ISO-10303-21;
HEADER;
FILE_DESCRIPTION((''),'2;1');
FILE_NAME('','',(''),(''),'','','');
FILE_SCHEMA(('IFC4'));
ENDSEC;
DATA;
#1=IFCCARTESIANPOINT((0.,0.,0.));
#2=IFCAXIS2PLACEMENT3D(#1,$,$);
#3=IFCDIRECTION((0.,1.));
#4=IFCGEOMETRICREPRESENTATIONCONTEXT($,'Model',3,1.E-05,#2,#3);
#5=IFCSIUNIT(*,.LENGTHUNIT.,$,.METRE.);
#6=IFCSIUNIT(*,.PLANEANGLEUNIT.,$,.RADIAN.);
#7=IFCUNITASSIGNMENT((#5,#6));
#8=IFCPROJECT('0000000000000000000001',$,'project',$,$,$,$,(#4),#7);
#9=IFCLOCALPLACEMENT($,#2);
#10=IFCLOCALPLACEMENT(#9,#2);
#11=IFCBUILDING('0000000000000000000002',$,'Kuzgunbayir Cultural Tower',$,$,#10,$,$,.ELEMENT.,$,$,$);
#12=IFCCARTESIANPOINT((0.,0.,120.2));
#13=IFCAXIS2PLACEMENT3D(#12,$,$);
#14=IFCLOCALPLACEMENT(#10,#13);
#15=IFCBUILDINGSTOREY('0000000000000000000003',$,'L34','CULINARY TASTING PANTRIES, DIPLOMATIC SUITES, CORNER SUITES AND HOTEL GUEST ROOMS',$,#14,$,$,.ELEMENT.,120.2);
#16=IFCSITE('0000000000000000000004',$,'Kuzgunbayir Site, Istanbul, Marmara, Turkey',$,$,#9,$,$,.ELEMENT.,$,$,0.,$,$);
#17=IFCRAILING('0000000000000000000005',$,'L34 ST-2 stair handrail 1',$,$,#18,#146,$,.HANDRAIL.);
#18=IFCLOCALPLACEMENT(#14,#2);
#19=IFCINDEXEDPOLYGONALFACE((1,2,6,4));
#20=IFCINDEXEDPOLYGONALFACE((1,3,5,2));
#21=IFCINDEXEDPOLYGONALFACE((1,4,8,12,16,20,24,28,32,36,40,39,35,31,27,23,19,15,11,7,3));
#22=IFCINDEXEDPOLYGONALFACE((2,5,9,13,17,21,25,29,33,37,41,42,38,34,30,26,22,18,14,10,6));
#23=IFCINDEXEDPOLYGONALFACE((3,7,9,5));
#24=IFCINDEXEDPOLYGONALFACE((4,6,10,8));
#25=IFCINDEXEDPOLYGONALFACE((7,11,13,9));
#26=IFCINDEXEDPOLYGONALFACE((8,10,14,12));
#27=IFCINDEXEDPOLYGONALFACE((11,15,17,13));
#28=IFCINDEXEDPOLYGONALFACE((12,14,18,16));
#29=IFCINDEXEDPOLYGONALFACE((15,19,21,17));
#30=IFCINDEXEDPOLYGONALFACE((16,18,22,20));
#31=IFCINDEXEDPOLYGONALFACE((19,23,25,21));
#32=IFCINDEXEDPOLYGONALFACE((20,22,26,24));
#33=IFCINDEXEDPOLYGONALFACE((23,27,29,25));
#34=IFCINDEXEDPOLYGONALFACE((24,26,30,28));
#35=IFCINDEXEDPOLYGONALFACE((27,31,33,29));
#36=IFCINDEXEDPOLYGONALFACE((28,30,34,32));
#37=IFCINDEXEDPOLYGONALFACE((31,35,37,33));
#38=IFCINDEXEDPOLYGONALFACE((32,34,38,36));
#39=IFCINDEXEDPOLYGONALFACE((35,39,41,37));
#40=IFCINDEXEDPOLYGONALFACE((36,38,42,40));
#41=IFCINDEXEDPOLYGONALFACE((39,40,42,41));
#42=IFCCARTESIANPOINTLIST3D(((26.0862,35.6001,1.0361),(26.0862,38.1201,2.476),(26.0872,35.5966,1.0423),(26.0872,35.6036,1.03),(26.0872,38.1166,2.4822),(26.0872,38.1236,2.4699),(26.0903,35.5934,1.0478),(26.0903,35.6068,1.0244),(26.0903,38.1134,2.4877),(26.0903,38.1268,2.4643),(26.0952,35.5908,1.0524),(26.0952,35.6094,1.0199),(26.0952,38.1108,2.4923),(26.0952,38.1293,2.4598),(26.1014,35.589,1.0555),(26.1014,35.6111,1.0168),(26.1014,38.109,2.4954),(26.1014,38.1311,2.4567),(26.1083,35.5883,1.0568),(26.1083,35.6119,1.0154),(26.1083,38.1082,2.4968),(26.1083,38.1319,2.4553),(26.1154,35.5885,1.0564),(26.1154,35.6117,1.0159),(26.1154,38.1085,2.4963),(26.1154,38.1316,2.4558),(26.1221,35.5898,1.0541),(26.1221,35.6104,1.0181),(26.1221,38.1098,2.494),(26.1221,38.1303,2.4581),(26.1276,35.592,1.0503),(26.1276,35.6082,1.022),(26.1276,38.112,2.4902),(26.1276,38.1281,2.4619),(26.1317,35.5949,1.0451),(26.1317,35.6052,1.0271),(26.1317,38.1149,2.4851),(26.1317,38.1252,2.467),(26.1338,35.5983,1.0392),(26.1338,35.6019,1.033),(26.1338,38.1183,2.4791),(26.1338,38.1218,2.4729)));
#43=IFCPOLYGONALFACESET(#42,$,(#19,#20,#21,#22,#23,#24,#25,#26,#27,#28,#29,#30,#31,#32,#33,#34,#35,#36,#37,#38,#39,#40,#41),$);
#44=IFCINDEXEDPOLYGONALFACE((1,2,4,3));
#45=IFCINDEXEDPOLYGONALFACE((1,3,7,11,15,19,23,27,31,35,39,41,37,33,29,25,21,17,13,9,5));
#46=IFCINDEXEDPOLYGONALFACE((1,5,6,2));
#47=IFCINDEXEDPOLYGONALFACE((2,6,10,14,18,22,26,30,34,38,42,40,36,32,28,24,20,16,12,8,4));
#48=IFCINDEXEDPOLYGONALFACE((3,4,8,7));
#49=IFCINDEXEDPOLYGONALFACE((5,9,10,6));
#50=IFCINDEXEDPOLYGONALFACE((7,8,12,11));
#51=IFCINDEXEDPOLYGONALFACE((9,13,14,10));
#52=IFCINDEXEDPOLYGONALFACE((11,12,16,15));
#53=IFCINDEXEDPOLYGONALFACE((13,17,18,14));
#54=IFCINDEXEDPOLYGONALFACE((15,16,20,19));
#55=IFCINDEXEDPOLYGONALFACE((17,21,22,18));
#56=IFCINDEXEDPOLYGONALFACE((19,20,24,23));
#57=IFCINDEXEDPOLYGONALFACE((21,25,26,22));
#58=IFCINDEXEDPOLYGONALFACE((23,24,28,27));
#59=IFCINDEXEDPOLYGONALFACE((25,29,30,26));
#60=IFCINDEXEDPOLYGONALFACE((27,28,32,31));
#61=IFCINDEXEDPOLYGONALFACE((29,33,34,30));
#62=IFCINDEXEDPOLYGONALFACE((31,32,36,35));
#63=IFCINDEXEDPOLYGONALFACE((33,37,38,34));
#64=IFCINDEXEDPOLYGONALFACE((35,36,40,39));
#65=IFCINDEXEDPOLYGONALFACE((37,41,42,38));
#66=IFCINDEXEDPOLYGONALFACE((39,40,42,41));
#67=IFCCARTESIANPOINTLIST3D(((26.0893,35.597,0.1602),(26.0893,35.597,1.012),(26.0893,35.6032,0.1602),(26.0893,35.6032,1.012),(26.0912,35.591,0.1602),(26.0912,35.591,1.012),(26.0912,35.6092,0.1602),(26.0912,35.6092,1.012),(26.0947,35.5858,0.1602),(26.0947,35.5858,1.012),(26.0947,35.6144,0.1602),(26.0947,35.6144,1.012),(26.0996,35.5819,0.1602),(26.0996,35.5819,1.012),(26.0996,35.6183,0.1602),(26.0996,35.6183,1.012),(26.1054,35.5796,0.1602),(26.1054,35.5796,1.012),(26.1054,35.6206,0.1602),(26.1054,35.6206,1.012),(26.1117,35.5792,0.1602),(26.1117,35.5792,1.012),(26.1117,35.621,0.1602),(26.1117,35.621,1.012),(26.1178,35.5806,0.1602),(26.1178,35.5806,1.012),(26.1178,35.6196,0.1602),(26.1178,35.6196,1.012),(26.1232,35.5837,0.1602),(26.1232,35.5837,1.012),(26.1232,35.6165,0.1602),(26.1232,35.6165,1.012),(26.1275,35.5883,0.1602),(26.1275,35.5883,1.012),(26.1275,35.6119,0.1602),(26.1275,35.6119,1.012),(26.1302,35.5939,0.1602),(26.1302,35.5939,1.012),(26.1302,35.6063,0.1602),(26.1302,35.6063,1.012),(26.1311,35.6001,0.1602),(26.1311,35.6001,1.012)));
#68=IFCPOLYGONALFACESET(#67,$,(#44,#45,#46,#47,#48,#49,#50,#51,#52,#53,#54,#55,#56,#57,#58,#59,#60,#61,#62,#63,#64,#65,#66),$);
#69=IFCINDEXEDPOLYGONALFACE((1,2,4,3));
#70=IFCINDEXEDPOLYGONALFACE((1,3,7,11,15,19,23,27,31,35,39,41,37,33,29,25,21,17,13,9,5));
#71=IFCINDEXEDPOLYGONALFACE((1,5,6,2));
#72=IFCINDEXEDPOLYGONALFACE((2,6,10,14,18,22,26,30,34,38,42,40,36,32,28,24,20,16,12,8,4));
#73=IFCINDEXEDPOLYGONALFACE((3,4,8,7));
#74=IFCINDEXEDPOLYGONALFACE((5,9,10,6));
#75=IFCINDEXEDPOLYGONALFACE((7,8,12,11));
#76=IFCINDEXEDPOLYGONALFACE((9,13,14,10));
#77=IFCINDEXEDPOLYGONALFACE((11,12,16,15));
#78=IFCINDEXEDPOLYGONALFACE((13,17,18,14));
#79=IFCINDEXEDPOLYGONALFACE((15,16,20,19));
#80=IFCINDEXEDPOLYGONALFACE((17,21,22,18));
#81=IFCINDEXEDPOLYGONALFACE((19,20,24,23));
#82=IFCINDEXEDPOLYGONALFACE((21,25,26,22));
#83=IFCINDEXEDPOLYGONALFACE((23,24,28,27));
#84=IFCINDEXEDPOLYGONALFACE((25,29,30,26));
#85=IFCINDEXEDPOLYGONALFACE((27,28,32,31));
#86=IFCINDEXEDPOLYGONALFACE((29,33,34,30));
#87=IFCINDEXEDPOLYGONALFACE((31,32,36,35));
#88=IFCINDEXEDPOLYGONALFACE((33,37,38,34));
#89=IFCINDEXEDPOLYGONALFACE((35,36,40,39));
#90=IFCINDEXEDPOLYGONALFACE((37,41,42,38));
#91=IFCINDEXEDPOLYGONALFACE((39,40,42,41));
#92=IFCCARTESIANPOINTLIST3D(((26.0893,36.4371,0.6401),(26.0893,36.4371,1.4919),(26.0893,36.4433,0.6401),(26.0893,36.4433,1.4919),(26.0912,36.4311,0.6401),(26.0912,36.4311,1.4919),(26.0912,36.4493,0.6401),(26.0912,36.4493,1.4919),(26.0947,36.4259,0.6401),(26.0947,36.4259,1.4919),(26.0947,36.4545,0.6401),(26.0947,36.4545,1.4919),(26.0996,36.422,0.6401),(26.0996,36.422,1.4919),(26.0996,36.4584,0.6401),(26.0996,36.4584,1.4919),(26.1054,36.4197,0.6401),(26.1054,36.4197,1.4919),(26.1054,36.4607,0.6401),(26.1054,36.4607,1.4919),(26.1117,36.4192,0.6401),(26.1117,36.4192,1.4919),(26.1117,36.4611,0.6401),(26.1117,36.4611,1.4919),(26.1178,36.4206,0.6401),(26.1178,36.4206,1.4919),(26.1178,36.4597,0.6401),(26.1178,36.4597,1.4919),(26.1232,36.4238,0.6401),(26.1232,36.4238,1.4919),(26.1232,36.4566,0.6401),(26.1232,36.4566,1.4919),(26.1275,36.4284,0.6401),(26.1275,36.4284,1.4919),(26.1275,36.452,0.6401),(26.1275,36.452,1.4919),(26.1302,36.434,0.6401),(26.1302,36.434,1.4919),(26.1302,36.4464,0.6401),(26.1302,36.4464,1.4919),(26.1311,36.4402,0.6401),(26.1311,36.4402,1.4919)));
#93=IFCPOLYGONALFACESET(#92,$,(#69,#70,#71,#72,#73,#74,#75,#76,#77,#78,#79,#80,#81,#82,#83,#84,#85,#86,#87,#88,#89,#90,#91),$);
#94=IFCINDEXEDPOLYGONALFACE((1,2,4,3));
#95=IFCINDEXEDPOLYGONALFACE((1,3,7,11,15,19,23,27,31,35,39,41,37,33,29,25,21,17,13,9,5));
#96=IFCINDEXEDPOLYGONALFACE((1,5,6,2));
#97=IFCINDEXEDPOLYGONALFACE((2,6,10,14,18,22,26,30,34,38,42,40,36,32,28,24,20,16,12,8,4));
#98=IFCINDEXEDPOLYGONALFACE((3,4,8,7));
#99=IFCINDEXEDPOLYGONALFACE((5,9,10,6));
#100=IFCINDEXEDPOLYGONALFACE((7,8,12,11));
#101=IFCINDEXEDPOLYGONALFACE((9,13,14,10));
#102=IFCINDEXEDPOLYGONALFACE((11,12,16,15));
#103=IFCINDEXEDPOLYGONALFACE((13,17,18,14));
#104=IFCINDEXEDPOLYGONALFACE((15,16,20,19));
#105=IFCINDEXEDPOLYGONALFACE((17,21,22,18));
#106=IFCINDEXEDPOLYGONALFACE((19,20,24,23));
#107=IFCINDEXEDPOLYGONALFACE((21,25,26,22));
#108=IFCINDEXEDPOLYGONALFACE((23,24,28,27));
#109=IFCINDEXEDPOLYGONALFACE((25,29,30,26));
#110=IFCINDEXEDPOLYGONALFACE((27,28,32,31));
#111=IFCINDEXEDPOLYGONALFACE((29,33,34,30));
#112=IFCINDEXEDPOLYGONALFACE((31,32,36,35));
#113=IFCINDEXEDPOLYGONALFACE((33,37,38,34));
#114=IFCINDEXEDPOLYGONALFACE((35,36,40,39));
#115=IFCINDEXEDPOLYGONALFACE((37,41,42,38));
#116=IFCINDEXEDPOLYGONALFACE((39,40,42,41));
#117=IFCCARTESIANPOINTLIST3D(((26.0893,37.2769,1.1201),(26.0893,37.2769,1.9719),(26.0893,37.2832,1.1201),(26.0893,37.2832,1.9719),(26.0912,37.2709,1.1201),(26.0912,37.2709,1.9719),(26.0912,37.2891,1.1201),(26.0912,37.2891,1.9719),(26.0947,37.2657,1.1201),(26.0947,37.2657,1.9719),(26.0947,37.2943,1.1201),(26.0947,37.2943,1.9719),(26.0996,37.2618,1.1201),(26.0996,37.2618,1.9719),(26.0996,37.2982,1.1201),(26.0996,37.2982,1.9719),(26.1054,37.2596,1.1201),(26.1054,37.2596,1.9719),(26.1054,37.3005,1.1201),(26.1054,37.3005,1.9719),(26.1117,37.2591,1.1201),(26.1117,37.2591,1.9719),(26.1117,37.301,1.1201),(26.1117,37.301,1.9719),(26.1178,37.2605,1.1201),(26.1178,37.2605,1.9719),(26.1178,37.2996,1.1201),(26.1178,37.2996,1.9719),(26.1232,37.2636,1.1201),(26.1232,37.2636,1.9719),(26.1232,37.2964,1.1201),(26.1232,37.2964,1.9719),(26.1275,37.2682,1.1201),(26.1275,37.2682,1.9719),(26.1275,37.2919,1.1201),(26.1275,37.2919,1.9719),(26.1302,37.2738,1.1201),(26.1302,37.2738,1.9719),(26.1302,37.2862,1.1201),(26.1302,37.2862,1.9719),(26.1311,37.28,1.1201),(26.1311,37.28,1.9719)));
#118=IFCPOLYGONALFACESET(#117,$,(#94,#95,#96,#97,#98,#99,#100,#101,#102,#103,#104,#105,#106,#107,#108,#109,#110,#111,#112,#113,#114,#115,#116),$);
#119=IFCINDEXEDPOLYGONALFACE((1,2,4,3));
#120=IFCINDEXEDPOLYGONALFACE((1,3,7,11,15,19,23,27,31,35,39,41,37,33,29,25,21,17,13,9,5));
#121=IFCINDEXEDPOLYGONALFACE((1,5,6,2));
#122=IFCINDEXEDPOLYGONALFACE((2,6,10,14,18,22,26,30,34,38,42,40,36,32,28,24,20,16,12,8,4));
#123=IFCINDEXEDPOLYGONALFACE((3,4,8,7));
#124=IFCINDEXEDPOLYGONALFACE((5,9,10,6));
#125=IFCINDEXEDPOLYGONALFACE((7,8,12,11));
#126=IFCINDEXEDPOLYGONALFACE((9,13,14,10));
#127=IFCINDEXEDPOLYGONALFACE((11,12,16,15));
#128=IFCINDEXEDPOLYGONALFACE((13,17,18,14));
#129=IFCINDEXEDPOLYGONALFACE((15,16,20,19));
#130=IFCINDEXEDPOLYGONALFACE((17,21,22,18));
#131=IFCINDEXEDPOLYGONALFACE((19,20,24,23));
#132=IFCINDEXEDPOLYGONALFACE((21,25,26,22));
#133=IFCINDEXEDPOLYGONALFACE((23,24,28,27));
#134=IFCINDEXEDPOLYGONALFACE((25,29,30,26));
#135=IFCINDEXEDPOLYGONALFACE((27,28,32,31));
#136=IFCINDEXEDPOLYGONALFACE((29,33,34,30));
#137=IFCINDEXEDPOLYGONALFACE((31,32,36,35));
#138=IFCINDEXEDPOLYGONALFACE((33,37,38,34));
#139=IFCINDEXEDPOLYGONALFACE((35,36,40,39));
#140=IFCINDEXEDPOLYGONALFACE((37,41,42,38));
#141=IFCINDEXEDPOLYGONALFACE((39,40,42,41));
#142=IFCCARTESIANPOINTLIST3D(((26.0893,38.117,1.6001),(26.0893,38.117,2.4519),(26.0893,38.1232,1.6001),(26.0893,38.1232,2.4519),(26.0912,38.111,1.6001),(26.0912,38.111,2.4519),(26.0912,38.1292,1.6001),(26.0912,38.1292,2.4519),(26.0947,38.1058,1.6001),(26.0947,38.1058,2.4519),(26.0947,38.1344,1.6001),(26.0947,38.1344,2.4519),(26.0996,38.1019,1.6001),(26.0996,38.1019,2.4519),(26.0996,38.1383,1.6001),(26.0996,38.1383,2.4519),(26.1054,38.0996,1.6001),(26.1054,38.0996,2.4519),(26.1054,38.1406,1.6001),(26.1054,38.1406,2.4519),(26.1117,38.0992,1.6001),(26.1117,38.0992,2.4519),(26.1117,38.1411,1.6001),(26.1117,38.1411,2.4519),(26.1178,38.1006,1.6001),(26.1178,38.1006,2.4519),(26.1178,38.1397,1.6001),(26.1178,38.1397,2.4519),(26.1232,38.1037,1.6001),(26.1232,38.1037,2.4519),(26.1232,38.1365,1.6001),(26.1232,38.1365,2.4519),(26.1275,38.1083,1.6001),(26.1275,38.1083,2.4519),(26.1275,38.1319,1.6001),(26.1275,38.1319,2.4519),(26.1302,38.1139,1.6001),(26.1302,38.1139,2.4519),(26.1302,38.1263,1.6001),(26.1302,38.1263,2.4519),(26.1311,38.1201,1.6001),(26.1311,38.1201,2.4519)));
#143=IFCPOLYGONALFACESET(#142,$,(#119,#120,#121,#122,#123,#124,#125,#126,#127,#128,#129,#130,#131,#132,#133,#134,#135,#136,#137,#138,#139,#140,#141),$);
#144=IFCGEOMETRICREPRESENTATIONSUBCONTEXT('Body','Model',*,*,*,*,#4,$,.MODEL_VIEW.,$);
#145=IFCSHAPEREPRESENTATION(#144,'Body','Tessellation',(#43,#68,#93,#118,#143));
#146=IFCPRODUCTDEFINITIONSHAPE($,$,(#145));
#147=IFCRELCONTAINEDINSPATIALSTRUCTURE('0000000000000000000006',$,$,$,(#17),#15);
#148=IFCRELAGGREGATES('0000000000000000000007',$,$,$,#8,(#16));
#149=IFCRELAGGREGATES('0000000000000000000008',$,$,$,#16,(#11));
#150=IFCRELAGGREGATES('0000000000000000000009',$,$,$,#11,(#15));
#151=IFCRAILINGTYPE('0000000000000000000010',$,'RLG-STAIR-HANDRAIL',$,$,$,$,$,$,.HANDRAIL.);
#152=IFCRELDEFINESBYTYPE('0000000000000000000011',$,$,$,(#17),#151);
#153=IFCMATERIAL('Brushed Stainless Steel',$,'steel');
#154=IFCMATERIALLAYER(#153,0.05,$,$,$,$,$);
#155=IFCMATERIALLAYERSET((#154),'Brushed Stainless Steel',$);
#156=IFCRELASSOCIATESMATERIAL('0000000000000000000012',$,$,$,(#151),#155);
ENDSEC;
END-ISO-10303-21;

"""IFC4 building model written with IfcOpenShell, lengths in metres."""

from ifc_helpers import new_model, si_unit, direction, frame, origin, origin_2d, place, context, subcontext, project, spatial, circle, extrude, material, layer, layer_set, type_object, element, save


model = new_model("IFC4")

# Units and contexts
model_context = context("Model", 3, precision=1e-05, world=origin(), true_north=direction((0.0, 1.0)))
body_context = subcontext(model_context, "Body", "Model", "MODEL_VIEW")
ifc_project = project(units=[si_unit("LENGTHUNIT", "METRE"), si_unit("PLANEANGLEUNIT", "RADIAN")], contexts=[model_context])

# Site, building, storey
site_placement = place(None, origin())
site = spatial("IfcSite", under=ifc_project, at=site_placement, Name="Kuzgunbayir Site, Istanbul, Marmara, Turkey", CompositionType="ELEMENT", RefElevation=0.0)
building_placement = place(site_placement, origin())
building = spatial("IfcBuilding", under=site, at=building_placement, Name="Kuzgunbayir Cultural Tower", CompositionType="ELEMENT")
storey_placement = place(building_placement, frame((0.0, 0.0, 120.2)))
storey = spatial("IfcBuildingStorey", under=building, at=storey_placement, Name="L34", Description="CULINARY TASTING PANTRIES, DIPLOMATIC SUITES, CORNER SUITES AND HOTEL GUEST ROOMS", CompositionType="ELEMENT", Elevation=120.2)

# Shared definitions
ifc_material_1 = material(Name="Brushed Stainless Steel", Category="steel")

# Railing
ifc_layer_1 = layer(ifc_material_1, 0.05)
ifc_layer_set_1 = layer_set([ifc_layer_1], Name="Brushed Stainless Steel")
railing_type_1 = type_object("IfcRailingType", Name="RLG-STAIR-HANDRAIL", PredefinedType="HANDRAIL", material=ifc_layer_set_1)
railing_1_placement = place(storey_placement, frame((26.1101, 35.6001, 0.1602)))
element("IfcRailing", 1, at=railing_1_placement, inside=storey, type_object=railing_type_1, Name="L34 ST-2 stair handrail 1", PredefinedType="HANDRAIL", context=body_context, shape_type="SweptSolid", body=[
    extrude(circle(Radius=0.0239, at=origin_2d()), frame((0.0, 0.0, 0.876), z_axis=(0.0, 0.868253, 0.496121), x_axis=(-1.0, 0.0, 0.0)), (0.0, 0.0, 1.0), 2.9023),
    extrude(circle(Radius=0.021, at=origin_2d()), origin(), (0.0, 0.0, 1.0), 0.8518),
    extrude(circle(Radius=0.021, at=origin_2d()), frame((0.0, 0.8401, 0.48)), (0.0, 0.0, 1.0), 0.8518),
    extrude(circle(Radius=0.021, at=origin_2d()), frame((0.0, 1.6799, 0.96)), (0.0, 0.0, 1.0), 0.8518),
    extrude(circle(Radius=0.021, at=origin_2d()), frame((0.0, 2.52, 1.4399)), (0.0, 0.0, 1.0), 0.8518),
])

save(model, "model.ifc")
